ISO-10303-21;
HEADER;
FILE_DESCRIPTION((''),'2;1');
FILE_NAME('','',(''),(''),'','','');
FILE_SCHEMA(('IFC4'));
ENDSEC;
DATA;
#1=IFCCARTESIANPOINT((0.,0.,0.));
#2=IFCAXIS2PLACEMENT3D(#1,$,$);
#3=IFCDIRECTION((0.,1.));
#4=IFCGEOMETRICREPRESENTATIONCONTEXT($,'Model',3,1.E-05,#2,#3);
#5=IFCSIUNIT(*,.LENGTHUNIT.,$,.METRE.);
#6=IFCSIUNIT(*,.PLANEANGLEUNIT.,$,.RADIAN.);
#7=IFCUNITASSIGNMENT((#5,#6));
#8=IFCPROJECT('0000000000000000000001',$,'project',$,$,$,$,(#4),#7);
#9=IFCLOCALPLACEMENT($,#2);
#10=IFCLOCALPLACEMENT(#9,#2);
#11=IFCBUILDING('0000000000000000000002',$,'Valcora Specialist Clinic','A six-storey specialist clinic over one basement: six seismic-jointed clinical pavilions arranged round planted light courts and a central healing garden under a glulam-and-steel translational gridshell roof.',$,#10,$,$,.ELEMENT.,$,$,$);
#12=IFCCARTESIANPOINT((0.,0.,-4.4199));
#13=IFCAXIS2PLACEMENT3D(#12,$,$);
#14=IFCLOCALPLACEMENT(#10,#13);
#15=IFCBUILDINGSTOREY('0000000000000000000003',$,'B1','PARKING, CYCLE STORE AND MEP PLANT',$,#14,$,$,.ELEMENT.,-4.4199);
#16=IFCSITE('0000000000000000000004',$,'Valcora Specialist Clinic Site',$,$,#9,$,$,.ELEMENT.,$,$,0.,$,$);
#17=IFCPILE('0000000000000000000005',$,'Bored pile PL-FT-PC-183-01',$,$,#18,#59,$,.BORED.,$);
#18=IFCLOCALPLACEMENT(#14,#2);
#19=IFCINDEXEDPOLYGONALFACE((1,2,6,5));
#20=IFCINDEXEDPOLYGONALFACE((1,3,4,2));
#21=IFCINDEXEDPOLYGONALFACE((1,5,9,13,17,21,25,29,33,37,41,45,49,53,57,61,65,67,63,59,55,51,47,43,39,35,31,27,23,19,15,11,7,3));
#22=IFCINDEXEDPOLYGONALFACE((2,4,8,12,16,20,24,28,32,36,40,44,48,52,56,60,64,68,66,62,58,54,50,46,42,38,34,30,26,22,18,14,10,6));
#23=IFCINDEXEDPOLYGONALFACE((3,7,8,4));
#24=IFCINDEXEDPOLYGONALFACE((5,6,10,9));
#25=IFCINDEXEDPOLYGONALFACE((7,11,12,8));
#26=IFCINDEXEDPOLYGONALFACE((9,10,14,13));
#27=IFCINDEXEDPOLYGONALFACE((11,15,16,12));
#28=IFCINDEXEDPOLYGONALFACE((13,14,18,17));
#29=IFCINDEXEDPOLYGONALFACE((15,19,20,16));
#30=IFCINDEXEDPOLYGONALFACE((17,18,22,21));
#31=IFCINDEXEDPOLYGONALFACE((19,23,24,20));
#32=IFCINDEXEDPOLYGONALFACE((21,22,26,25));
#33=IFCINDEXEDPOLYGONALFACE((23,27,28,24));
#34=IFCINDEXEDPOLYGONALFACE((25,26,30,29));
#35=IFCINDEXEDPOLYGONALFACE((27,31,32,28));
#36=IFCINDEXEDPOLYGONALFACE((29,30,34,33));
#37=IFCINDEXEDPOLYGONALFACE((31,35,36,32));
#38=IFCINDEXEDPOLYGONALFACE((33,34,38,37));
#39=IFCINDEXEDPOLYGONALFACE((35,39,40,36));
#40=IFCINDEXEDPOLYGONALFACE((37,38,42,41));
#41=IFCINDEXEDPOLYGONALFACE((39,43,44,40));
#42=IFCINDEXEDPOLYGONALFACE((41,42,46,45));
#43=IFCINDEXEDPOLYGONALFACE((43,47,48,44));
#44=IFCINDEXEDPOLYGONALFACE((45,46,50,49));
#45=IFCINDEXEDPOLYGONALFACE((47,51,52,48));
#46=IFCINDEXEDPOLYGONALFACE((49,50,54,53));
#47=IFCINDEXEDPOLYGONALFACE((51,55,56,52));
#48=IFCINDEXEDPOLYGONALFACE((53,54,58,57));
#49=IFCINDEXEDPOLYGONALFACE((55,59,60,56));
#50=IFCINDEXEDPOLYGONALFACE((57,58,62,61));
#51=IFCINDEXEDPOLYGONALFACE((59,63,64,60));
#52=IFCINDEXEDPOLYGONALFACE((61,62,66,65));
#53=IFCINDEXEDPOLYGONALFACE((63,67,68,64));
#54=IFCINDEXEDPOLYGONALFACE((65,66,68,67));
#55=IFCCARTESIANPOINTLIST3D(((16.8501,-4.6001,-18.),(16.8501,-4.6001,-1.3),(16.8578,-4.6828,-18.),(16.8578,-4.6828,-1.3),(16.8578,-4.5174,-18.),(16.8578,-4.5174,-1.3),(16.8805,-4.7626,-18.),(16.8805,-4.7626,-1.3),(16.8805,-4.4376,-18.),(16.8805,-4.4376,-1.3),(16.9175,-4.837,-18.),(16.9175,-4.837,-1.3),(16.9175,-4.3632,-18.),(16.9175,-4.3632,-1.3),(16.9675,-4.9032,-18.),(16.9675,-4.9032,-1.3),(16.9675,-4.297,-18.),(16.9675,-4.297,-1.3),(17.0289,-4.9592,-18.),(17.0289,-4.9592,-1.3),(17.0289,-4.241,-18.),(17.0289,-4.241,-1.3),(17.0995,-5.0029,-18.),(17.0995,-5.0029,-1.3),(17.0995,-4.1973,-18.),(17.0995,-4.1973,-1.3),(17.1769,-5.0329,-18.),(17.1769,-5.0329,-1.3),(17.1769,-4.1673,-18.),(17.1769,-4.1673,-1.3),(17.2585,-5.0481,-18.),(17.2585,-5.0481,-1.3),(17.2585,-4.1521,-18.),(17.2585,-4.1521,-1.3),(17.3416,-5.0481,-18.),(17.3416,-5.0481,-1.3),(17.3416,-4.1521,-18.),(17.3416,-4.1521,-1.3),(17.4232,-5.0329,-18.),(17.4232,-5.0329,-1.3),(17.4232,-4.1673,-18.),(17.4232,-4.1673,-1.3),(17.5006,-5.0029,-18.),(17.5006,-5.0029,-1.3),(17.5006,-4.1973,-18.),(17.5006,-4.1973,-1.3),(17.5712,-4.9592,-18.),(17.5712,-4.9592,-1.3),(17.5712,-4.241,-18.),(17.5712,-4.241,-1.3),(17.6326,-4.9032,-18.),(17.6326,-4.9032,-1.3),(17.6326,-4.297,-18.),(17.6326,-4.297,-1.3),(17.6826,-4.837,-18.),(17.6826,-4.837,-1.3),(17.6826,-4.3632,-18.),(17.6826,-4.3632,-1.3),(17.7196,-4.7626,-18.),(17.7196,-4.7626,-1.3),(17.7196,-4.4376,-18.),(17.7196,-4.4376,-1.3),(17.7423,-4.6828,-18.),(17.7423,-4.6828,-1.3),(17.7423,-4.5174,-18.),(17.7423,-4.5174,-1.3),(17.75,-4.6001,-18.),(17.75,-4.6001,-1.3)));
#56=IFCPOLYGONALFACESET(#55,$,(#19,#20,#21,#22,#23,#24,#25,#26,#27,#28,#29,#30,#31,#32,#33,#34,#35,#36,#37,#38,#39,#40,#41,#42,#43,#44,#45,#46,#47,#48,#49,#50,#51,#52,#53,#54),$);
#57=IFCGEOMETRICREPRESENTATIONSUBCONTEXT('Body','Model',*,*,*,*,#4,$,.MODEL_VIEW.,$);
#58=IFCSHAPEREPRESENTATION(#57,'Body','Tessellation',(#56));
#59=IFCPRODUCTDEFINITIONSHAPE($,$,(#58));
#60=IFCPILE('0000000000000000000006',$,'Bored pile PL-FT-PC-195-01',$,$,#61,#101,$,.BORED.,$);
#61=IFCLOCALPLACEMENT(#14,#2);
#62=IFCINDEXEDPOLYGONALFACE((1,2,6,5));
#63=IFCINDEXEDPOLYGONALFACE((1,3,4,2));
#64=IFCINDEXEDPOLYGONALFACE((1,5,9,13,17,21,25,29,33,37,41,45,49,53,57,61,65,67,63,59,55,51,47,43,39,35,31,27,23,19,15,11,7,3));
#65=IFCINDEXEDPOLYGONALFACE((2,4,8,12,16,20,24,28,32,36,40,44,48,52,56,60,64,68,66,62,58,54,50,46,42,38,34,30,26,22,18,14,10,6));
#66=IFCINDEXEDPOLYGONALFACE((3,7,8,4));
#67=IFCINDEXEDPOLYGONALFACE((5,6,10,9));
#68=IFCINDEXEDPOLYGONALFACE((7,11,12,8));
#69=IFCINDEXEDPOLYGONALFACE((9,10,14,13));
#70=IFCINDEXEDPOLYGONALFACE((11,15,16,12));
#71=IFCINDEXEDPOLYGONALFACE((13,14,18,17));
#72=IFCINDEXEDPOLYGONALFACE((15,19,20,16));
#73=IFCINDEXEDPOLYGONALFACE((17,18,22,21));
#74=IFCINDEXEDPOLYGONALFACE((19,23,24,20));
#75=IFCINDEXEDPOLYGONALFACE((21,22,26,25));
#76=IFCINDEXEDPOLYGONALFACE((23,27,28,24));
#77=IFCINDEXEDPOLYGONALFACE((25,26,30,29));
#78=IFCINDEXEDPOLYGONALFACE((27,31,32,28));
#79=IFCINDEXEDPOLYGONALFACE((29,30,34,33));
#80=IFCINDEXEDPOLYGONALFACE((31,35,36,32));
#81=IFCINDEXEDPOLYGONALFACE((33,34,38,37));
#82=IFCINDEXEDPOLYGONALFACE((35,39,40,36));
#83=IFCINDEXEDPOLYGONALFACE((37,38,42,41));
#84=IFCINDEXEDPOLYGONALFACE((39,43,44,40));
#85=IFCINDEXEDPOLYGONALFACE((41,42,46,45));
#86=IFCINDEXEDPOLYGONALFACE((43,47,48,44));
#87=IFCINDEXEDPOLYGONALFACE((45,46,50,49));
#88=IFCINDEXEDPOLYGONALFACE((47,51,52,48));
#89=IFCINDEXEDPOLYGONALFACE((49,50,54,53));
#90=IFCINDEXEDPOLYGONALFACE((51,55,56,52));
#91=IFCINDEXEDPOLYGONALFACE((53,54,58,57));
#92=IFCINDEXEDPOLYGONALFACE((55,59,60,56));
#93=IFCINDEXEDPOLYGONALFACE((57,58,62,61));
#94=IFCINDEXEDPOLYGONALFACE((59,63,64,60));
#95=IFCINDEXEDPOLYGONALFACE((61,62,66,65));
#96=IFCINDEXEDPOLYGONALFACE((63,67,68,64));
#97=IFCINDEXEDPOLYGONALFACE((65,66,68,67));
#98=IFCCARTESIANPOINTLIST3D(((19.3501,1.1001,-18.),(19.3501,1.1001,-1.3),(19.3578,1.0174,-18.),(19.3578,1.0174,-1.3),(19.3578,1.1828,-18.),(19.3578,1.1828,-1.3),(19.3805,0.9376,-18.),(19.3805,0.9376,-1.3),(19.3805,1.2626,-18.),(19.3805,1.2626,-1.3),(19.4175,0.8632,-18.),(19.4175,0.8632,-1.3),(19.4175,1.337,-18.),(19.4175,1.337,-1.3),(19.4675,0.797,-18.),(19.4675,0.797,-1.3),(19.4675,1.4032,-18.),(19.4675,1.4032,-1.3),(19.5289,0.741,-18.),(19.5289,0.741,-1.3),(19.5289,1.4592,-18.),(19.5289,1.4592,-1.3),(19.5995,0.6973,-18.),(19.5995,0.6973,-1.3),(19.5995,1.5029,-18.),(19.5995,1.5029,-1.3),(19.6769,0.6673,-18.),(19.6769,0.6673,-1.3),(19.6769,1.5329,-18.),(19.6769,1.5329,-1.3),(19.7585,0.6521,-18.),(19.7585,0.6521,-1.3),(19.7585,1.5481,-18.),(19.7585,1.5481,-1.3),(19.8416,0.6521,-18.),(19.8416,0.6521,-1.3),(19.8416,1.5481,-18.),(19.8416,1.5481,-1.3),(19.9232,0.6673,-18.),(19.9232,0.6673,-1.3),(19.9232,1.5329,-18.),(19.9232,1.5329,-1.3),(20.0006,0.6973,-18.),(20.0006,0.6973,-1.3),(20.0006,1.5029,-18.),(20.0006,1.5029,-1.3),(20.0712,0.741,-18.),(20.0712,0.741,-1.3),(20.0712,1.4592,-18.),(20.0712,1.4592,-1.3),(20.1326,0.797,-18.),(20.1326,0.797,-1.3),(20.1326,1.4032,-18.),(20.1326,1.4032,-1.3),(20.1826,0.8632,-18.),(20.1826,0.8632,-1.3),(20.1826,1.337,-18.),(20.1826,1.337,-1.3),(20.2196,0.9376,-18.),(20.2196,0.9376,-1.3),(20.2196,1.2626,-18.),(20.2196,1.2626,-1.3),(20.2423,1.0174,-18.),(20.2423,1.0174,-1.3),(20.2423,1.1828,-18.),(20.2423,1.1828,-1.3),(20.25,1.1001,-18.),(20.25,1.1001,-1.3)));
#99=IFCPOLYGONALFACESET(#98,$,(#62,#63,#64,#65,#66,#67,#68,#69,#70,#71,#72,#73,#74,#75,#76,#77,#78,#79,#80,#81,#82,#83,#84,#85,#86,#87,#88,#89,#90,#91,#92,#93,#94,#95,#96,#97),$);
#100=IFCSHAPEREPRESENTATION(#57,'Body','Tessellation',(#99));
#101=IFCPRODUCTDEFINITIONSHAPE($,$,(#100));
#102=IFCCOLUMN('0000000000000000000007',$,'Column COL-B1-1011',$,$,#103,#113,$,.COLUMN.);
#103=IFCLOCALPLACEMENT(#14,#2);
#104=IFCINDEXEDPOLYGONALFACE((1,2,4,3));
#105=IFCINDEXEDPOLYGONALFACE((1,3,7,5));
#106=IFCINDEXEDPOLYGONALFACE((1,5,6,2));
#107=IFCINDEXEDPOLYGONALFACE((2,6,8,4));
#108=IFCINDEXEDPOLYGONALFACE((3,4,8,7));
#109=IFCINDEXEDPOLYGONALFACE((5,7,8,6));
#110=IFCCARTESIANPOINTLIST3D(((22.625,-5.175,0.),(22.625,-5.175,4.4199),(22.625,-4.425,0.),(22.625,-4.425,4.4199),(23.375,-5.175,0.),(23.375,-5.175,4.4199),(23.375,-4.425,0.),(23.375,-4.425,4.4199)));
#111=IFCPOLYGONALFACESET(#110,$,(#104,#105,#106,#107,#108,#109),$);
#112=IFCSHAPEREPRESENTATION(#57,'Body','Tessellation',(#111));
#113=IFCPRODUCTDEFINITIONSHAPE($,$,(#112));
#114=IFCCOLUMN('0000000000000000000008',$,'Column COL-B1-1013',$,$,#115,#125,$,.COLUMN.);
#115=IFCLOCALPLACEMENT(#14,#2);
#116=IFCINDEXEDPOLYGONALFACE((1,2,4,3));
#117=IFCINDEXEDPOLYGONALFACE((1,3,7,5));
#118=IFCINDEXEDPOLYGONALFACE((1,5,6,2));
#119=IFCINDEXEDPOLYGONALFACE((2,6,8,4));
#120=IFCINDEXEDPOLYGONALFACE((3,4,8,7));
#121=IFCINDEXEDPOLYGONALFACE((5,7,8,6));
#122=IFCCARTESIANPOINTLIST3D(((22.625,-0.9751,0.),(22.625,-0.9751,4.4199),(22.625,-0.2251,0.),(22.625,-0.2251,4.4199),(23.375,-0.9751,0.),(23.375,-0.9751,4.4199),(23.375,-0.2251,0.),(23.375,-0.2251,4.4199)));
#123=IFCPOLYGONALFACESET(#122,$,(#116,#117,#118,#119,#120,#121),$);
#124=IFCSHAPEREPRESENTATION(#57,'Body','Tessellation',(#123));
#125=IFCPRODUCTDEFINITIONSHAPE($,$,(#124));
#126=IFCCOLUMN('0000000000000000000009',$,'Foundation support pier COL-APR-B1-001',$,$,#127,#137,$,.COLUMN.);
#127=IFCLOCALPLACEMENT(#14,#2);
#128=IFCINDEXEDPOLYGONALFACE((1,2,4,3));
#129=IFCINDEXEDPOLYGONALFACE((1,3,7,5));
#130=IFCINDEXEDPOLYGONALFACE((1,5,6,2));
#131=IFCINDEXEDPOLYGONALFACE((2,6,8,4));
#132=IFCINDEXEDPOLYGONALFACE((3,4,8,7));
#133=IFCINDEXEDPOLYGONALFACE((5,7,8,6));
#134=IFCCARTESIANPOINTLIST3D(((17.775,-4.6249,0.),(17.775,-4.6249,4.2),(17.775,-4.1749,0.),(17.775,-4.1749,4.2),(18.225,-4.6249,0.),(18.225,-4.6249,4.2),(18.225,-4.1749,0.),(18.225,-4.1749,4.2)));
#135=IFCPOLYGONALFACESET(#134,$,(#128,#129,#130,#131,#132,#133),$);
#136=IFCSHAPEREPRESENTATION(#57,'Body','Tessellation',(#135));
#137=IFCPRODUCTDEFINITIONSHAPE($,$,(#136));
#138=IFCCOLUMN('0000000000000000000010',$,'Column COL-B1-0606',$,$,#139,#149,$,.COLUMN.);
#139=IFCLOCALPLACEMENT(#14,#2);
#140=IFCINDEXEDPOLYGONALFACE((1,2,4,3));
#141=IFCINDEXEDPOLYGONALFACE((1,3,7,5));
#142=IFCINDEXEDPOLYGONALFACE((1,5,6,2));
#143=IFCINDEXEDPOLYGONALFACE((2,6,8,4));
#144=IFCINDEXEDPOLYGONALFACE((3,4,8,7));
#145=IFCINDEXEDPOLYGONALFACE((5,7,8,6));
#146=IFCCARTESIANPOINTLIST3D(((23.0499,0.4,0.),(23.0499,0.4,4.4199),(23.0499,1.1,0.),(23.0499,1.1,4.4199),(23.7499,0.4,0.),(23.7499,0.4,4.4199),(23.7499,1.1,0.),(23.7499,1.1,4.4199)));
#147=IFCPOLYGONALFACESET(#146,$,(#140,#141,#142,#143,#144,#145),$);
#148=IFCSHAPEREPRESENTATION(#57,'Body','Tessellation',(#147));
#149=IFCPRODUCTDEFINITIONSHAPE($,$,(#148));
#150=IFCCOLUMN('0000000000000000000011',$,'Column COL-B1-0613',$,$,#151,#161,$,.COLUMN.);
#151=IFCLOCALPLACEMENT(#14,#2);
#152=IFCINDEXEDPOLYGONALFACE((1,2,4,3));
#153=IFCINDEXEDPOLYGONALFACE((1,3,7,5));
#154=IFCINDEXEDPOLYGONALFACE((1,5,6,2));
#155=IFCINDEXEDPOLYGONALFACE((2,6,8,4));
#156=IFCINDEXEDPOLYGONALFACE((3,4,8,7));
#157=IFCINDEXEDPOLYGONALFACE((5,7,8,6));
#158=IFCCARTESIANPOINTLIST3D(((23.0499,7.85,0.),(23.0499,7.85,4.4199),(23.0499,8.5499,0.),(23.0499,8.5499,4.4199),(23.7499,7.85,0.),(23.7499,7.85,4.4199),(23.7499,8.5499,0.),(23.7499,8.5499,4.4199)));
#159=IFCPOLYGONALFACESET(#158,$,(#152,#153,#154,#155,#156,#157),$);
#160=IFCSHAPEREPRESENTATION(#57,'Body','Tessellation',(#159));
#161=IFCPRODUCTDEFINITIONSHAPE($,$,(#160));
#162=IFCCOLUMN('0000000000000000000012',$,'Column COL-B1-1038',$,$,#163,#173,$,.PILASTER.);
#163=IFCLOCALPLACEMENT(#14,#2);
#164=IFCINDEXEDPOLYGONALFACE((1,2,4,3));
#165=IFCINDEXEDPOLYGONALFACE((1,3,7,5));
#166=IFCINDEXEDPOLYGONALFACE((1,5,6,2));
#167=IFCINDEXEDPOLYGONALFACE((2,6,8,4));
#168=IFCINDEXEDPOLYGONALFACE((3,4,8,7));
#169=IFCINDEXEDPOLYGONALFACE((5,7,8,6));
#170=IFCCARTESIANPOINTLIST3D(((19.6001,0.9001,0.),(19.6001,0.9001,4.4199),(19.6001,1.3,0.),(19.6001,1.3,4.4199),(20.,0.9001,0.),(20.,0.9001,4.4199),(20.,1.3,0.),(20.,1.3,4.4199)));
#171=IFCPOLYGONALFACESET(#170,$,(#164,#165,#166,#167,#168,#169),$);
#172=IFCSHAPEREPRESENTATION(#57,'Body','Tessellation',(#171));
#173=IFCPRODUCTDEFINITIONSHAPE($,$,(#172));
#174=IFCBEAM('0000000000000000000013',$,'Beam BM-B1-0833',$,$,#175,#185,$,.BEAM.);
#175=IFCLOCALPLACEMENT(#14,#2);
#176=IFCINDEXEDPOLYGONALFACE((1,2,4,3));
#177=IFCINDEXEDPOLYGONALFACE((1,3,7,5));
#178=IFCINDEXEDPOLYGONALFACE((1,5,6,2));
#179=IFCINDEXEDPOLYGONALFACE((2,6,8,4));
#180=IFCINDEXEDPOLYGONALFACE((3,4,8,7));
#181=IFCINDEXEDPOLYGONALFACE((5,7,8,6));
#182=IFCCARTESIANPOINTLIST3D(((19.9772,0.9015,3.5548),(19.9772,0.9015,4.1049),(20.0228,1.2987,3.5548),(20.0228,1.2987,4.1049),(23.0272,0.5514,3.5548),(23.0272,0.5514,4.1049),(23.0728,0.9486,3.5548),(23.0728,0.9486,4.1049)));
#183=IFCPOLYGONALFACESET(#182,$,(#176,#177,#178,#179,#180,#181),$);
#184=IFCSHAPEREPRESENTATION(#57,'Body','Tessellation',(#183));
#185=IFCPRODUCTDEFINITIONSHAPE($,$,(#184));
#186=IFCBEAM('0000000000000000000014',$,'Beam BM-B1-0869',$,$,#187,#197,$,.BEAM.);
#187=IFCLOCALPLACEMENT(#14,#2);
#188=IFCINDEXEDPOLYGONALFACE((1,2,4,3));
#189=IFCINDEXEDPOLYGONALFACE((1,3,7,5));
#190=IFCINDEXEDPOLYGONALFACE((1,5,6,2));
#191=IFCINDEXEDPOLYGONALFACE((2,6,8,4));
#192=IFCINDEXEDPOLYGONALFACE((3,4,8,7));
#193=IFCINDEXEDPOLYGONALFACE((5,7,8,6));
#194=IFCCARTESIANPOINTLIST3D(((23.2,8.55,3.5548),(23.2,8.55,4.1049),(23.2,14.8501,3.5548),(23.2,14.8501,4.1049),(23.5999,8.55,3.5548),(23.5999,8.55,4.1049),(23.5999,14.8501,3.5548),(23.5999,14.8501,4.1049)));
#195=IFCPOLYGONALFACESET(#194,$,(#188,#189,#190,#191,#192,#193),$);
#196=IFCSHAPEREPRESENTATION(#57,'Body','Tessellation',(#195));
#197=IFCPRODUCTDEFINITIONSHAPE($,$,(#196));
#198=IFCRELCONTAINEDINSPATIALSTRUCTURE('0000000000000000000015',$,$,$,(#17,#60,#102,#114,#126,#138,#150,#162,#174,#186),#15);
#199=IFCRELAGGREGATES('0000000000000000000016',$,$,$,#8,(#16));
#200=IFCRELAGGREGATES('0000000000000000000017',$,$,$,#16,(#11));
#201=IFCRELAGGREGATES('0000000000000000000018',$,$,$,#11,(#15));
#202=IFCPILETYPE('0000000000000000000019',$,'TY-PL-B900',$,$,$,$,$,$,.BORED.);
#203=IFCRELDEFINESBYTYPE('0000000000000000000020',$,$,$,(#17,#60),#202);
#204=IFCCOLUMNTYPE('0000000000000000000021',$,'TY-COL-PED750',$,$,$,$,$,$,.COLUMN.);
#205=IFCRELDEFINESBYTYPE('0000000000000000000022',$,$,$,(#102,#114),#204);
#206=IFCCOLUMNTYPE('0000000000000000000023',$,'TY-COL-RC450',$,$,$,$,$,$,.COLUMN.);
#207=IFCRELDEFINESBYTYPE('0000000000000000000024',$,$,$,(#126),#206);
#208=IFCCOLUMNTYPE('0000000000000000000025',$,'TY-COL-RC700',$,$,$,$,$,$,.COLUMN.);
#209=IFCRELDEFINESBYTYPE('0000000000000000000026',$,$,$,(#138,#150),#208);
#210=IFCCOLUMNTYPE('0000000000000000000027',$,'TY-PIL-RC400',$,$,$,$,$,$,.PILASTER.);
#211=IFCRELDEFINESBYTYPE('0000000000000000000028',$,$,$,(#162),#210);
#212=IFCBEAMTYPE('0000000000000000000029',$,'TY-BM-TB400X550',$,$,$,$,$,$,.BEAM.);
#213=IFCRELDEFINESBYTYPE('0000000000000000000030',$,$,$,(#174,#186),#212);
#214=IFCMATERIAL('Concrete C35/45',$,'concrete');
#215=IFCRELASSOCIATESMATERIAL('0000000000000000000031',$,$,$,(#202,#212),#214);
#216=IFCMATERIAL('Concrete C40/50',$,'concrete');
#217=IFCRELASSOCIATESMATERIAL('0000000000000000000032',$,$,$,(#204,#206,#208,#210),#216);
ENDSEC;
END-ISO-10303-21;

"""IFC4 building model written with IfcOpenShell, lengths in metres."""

from ifc_helpers import new_model, si_unit, direction, frame, origin, origin_2d, place, context, subcontext, project, spatial, rectangle, circle, extrude, material, material_profile, profile_set, type_object, element, save


model = new_model("IFC4")

# Units and contexts
model_context = context("Model", 3, precision=1e-05, world=origin(), true_north=direction((0.0, 1.0)))
body_context = subcontext(model_context, "Body", "Model", "MODEL_VIEW")
ifc_project = project(units=[si_unit("LENGTHUNIT", "METRE"), si_unit("PLANEANGLEUNIT", "RADIAN")], contexts=[model_context])

# Site, building, storey
site_placement = place(None, origin())
site = spatial("IfcSite", under=ifc_project, at=site_placement, Name="Valcora Specialist Clinic Site", CompositionType="ELEMENT", RefElevation=0.0)
building_placement = place(site_placement, origin())
building = spatial("IfcBuilding", under=site, at=building_placement, Name="Valcora Specialist Clinic", Description="A six-storey specialist clinic over one basement: six seismic-jointed clinical pavilions arranged round planted light courts and a central healing garden under a glulam-and-steel translational gridshell roof.", CompositionType="ELEMENT")
storey_placement = place(building_placement, frame((0.0, 0.0, -4.4199)))
storey = spatial("IfcBuildingStorey", under=building, at=storey_placement, Name="B1", Description="PARKING, CYCLE STORE AND MEP PLANT", CompositionType="ELEMENT", Elevation=-4.4199)

# Shared definitions
ifc_material_1 = material(Name="Concrete C35/45", Category="concrete")

# Piles
ifc_material_profile_1 = material_profile(ifc_material_1, circle(Radius=0.45, at=origin_2d()), Name="RC-PIL-D900")
ifc_profile_set_1 = profile_set([ifc_material_profile_1], Name="Concrete C35/45")
pile_type_1 = type_object("IfcPileType", Name="TY-PL-B900", PredefinedType="BORED", material=ifc_profile_set_1)
for number, where, z_axis, x_axis, name in (
    (1, (17.3, -4.6001, -1.3), (0.0, 0.0, -1.0), (1.0, 0.0, 0.0), "Bored pile PL-FT-PC-183-01"),
    (2, (19.8, 1.1001, -1.3), (0.0, 0.0, -1.0), (1.0, 0.0, 0.0), "Bored pile PL-FT-PC-195-01"),
):
    element("IfcPile", number, at=place(storey_placement, frame(where, z_axis=z_axis, x_axis=x_axis)), inside=storey, type_object=pile_type_1, Name=name, PredefinedType="BORED", context=body_context, shape_type="SweptSolid", body=[
        extrude(circle(Radius=0.45, at=origin_2d()), origin(), (0.0, 0.0, 1.0), 16.7),
    ])

# Columns
ifc_material_2 = material(Name="Concrete C40/50", Category="concrete")
ifc_material_profile_2 = material_profile(ifc_material_2, rectangle(XDim=0.75, YDim=0.75, at=origin_2d()), Name="RC-PED-750X750")
ifc_profile_set_2 = profile_set([ifc_material_profile_2], Name="Concrete C40/50")
column_type_1 = type_object("IfcColumnType", Name="TY-COL-PED750", PredefinedType="COLUMN", material=ifc_profile_set_2)
for number, where, z_axis, x_axis, name in (
    (3, (23.0, -4.8, 0.0), (0.0, 0.0, 1.0), (1.0, 0.0, 0.0), "Column COL-B1-1011"),
    (4, (23.0, -0.6001, 0.0), (0.0, 0.0, 1.0), (1.0, 0.0, 0.0), "Column COL-B1-1013"),
):
    element("IfcColumn", number, at=place(storey_placement, frame(where, z_axis=z_axis, x_axis=x_axis)), inside=storey, type_object=column_type_1, Name=name, PredefinedType="COLUMN", context=body_context, shape_type="SweptSolid", body=[
        extrude(rectangle(XDim=0.75, YDim=0.75, at=origin_2d()), origin(), (0.0, 0.0, 1.0), 4.4199),
    ])
ifc_material_profile_3 = material_profile(ifc_material_2, rectangle(XDim=0.45, YDim=0.45, at=origin_2d()), Name="RC-COL-450X450")
ifc_profile_set_3 = profile_set([ifc_material_profile_3], Name="Concrete C40/50")
column_type_2 = type_object("IfcColumnType", Name="TY-COL-RC450", PredefinedType="COLUMN", material=ifc_profile_set_3)
column_1_placement = place(storey_placement, frame((18.0, -4.3999, 0.0), z_axis=(0.0, 0.0, 1.0), x_axis=(1.0, 0.0, 0.0)))
element("IfcColumn", 5, at=column_1_placement, inside=storey, type_object=column_type_2, Name="Foundation support pier COL-APR-B1-001", PredefinedType="COLUMN", context=body_context, shape_type="SweptSolid", body=[
    extrude(rectangle(XDim=0.45, YDim=0.45, at=origin_2d()), origin(), (0.0, 0.0, 1.0), 4.2),
])
ifc_material_profile_4 = material_profile(ifc_material_2, rectangle(XDim=0.7, YDim=0.7, at=origin_2d()), Name="RC-COL-700X700")
ifc_profile_set_4 = profile_set([ifc_material_profile_4], Name="Concrete C40/50")
column_type_3 = type_object("IfcColumnType", Name="TY-COL-RC700", PredefinedType="COLUMN", material=ifc_profile_set_4)
for number, where, z_axis, x_axis, name in (
    (6, (23.3999, 0.75, 0.0), (0.0, 0.0, 1.0), (1.0, 0.0, 0.0), "Column COL-B1-0606"),
    (7, (23.3999, 8.2, 0.0), (0.0, 0.0, 1.0), (1.0, 0.0, 0.0), "Column COL-B1-0613"),
):
    element("IfcColumn", number, at=place(storey_placement, frame(where, z_axis=z_axis, x_axis=x_axis)), inside=storey, type_object=column_type_3, Name=name, PredefinedType="COLUMN", context=body_context, shape_type="SweptSolid", body=[
        extrude(rectangle(XDim=0.7, YDim=0.7, at=origin_2d()), origin(), (0.0, 0.0, 1.0), 4.4199),
    ])
ifc_material_profile_5 = material_profile(ifc_material_2, rectangle(XDim=0.3999, YDim=0.3999, at=origin_2d()), Name="RC-COL-400X400")
ifc_profile_set_5 = profile_set([ifc_material_profile_5], Name="Concrete C40/50")
column_type_4 = type_object("IfcColumnType", Name="TY-PIL-RC400", PredefinedType="PILASTER", material=ifc_profile_set_5)
column_2_placement = place(storey_placement, frame((19.8, 1.1001, 0.0), z_axis=(0.0, 0.0, 1.0), x_axis=(1.0, 0.0, 0.0)))
element("IfcColumn", 8, at=column_2_placement, inside=storey, type_object=column_type_4, Name="Column COL-B1-1038", PredefinedType="PILASTER", context=body_context, shape_type="SweptSolid", body=[
    extrude(rectangle(XDim=0.3999, YDim=0.3999, at=origin_2d()), origin(), (0.0, 0.0, 1.0), 4.4199),
])

# Beams
ifc_material_profile_6 = material_profile(ifc_material_1, rectangle(XDim=0.3999, YDim=0.55, at=origin_2d()), Name="RC-TB-400X550")
ifc_profile_set_6 = profile_set([ifc_material_profile_6], Name="Concrete C35/45")
beam_type = type_object("IfcBeamType", Name="TY-BM-TB400X550", PredefinedType="BEAM", material=ifc_profile_set_6)
beam_1_placement = place(storey_placement, frame((20.0, 1.1001, 3.8298), z_axis=(0.993477, -0.114036, 0.0), x_axis=(0.114036, 0.993477, 0.0)))
element("IfcBeam", 9, at=beam_1_placement, inside=storey, type_object=beam_type, Name="Beam BM-B1-0833", PredefinedType="BEAM", context=body_context, shape_type="SweptSolid", body=[
    extrude(rectangle(XDim=0.3999, YDim=0.55, at=origin_2d()), origin(), (0.0, 0.0, 1.0), 3.0701),
])
beam_2_placement = place(storey_placement, frame((23.3999, 8.55, 3.8298), z_axis=(0.0, 1.0, 0.0), x_axis=(-1.0, 0.0, 0.0)))
element("IfcBeam", 10, at=beam_2_placement, inside=storey, type_object=beam_type, Name="Beam BM-B1-0869", PredefinedType="BEAM", context=body_context, shape_type="SweptSolid", body=[
    extrude(rectangle(XDim=0.3999, YDim=0.55, at=origin_2d()), origin(), (0.0, 0.0, 1.0), 6.3),
])

save(model, "model.ifc")
